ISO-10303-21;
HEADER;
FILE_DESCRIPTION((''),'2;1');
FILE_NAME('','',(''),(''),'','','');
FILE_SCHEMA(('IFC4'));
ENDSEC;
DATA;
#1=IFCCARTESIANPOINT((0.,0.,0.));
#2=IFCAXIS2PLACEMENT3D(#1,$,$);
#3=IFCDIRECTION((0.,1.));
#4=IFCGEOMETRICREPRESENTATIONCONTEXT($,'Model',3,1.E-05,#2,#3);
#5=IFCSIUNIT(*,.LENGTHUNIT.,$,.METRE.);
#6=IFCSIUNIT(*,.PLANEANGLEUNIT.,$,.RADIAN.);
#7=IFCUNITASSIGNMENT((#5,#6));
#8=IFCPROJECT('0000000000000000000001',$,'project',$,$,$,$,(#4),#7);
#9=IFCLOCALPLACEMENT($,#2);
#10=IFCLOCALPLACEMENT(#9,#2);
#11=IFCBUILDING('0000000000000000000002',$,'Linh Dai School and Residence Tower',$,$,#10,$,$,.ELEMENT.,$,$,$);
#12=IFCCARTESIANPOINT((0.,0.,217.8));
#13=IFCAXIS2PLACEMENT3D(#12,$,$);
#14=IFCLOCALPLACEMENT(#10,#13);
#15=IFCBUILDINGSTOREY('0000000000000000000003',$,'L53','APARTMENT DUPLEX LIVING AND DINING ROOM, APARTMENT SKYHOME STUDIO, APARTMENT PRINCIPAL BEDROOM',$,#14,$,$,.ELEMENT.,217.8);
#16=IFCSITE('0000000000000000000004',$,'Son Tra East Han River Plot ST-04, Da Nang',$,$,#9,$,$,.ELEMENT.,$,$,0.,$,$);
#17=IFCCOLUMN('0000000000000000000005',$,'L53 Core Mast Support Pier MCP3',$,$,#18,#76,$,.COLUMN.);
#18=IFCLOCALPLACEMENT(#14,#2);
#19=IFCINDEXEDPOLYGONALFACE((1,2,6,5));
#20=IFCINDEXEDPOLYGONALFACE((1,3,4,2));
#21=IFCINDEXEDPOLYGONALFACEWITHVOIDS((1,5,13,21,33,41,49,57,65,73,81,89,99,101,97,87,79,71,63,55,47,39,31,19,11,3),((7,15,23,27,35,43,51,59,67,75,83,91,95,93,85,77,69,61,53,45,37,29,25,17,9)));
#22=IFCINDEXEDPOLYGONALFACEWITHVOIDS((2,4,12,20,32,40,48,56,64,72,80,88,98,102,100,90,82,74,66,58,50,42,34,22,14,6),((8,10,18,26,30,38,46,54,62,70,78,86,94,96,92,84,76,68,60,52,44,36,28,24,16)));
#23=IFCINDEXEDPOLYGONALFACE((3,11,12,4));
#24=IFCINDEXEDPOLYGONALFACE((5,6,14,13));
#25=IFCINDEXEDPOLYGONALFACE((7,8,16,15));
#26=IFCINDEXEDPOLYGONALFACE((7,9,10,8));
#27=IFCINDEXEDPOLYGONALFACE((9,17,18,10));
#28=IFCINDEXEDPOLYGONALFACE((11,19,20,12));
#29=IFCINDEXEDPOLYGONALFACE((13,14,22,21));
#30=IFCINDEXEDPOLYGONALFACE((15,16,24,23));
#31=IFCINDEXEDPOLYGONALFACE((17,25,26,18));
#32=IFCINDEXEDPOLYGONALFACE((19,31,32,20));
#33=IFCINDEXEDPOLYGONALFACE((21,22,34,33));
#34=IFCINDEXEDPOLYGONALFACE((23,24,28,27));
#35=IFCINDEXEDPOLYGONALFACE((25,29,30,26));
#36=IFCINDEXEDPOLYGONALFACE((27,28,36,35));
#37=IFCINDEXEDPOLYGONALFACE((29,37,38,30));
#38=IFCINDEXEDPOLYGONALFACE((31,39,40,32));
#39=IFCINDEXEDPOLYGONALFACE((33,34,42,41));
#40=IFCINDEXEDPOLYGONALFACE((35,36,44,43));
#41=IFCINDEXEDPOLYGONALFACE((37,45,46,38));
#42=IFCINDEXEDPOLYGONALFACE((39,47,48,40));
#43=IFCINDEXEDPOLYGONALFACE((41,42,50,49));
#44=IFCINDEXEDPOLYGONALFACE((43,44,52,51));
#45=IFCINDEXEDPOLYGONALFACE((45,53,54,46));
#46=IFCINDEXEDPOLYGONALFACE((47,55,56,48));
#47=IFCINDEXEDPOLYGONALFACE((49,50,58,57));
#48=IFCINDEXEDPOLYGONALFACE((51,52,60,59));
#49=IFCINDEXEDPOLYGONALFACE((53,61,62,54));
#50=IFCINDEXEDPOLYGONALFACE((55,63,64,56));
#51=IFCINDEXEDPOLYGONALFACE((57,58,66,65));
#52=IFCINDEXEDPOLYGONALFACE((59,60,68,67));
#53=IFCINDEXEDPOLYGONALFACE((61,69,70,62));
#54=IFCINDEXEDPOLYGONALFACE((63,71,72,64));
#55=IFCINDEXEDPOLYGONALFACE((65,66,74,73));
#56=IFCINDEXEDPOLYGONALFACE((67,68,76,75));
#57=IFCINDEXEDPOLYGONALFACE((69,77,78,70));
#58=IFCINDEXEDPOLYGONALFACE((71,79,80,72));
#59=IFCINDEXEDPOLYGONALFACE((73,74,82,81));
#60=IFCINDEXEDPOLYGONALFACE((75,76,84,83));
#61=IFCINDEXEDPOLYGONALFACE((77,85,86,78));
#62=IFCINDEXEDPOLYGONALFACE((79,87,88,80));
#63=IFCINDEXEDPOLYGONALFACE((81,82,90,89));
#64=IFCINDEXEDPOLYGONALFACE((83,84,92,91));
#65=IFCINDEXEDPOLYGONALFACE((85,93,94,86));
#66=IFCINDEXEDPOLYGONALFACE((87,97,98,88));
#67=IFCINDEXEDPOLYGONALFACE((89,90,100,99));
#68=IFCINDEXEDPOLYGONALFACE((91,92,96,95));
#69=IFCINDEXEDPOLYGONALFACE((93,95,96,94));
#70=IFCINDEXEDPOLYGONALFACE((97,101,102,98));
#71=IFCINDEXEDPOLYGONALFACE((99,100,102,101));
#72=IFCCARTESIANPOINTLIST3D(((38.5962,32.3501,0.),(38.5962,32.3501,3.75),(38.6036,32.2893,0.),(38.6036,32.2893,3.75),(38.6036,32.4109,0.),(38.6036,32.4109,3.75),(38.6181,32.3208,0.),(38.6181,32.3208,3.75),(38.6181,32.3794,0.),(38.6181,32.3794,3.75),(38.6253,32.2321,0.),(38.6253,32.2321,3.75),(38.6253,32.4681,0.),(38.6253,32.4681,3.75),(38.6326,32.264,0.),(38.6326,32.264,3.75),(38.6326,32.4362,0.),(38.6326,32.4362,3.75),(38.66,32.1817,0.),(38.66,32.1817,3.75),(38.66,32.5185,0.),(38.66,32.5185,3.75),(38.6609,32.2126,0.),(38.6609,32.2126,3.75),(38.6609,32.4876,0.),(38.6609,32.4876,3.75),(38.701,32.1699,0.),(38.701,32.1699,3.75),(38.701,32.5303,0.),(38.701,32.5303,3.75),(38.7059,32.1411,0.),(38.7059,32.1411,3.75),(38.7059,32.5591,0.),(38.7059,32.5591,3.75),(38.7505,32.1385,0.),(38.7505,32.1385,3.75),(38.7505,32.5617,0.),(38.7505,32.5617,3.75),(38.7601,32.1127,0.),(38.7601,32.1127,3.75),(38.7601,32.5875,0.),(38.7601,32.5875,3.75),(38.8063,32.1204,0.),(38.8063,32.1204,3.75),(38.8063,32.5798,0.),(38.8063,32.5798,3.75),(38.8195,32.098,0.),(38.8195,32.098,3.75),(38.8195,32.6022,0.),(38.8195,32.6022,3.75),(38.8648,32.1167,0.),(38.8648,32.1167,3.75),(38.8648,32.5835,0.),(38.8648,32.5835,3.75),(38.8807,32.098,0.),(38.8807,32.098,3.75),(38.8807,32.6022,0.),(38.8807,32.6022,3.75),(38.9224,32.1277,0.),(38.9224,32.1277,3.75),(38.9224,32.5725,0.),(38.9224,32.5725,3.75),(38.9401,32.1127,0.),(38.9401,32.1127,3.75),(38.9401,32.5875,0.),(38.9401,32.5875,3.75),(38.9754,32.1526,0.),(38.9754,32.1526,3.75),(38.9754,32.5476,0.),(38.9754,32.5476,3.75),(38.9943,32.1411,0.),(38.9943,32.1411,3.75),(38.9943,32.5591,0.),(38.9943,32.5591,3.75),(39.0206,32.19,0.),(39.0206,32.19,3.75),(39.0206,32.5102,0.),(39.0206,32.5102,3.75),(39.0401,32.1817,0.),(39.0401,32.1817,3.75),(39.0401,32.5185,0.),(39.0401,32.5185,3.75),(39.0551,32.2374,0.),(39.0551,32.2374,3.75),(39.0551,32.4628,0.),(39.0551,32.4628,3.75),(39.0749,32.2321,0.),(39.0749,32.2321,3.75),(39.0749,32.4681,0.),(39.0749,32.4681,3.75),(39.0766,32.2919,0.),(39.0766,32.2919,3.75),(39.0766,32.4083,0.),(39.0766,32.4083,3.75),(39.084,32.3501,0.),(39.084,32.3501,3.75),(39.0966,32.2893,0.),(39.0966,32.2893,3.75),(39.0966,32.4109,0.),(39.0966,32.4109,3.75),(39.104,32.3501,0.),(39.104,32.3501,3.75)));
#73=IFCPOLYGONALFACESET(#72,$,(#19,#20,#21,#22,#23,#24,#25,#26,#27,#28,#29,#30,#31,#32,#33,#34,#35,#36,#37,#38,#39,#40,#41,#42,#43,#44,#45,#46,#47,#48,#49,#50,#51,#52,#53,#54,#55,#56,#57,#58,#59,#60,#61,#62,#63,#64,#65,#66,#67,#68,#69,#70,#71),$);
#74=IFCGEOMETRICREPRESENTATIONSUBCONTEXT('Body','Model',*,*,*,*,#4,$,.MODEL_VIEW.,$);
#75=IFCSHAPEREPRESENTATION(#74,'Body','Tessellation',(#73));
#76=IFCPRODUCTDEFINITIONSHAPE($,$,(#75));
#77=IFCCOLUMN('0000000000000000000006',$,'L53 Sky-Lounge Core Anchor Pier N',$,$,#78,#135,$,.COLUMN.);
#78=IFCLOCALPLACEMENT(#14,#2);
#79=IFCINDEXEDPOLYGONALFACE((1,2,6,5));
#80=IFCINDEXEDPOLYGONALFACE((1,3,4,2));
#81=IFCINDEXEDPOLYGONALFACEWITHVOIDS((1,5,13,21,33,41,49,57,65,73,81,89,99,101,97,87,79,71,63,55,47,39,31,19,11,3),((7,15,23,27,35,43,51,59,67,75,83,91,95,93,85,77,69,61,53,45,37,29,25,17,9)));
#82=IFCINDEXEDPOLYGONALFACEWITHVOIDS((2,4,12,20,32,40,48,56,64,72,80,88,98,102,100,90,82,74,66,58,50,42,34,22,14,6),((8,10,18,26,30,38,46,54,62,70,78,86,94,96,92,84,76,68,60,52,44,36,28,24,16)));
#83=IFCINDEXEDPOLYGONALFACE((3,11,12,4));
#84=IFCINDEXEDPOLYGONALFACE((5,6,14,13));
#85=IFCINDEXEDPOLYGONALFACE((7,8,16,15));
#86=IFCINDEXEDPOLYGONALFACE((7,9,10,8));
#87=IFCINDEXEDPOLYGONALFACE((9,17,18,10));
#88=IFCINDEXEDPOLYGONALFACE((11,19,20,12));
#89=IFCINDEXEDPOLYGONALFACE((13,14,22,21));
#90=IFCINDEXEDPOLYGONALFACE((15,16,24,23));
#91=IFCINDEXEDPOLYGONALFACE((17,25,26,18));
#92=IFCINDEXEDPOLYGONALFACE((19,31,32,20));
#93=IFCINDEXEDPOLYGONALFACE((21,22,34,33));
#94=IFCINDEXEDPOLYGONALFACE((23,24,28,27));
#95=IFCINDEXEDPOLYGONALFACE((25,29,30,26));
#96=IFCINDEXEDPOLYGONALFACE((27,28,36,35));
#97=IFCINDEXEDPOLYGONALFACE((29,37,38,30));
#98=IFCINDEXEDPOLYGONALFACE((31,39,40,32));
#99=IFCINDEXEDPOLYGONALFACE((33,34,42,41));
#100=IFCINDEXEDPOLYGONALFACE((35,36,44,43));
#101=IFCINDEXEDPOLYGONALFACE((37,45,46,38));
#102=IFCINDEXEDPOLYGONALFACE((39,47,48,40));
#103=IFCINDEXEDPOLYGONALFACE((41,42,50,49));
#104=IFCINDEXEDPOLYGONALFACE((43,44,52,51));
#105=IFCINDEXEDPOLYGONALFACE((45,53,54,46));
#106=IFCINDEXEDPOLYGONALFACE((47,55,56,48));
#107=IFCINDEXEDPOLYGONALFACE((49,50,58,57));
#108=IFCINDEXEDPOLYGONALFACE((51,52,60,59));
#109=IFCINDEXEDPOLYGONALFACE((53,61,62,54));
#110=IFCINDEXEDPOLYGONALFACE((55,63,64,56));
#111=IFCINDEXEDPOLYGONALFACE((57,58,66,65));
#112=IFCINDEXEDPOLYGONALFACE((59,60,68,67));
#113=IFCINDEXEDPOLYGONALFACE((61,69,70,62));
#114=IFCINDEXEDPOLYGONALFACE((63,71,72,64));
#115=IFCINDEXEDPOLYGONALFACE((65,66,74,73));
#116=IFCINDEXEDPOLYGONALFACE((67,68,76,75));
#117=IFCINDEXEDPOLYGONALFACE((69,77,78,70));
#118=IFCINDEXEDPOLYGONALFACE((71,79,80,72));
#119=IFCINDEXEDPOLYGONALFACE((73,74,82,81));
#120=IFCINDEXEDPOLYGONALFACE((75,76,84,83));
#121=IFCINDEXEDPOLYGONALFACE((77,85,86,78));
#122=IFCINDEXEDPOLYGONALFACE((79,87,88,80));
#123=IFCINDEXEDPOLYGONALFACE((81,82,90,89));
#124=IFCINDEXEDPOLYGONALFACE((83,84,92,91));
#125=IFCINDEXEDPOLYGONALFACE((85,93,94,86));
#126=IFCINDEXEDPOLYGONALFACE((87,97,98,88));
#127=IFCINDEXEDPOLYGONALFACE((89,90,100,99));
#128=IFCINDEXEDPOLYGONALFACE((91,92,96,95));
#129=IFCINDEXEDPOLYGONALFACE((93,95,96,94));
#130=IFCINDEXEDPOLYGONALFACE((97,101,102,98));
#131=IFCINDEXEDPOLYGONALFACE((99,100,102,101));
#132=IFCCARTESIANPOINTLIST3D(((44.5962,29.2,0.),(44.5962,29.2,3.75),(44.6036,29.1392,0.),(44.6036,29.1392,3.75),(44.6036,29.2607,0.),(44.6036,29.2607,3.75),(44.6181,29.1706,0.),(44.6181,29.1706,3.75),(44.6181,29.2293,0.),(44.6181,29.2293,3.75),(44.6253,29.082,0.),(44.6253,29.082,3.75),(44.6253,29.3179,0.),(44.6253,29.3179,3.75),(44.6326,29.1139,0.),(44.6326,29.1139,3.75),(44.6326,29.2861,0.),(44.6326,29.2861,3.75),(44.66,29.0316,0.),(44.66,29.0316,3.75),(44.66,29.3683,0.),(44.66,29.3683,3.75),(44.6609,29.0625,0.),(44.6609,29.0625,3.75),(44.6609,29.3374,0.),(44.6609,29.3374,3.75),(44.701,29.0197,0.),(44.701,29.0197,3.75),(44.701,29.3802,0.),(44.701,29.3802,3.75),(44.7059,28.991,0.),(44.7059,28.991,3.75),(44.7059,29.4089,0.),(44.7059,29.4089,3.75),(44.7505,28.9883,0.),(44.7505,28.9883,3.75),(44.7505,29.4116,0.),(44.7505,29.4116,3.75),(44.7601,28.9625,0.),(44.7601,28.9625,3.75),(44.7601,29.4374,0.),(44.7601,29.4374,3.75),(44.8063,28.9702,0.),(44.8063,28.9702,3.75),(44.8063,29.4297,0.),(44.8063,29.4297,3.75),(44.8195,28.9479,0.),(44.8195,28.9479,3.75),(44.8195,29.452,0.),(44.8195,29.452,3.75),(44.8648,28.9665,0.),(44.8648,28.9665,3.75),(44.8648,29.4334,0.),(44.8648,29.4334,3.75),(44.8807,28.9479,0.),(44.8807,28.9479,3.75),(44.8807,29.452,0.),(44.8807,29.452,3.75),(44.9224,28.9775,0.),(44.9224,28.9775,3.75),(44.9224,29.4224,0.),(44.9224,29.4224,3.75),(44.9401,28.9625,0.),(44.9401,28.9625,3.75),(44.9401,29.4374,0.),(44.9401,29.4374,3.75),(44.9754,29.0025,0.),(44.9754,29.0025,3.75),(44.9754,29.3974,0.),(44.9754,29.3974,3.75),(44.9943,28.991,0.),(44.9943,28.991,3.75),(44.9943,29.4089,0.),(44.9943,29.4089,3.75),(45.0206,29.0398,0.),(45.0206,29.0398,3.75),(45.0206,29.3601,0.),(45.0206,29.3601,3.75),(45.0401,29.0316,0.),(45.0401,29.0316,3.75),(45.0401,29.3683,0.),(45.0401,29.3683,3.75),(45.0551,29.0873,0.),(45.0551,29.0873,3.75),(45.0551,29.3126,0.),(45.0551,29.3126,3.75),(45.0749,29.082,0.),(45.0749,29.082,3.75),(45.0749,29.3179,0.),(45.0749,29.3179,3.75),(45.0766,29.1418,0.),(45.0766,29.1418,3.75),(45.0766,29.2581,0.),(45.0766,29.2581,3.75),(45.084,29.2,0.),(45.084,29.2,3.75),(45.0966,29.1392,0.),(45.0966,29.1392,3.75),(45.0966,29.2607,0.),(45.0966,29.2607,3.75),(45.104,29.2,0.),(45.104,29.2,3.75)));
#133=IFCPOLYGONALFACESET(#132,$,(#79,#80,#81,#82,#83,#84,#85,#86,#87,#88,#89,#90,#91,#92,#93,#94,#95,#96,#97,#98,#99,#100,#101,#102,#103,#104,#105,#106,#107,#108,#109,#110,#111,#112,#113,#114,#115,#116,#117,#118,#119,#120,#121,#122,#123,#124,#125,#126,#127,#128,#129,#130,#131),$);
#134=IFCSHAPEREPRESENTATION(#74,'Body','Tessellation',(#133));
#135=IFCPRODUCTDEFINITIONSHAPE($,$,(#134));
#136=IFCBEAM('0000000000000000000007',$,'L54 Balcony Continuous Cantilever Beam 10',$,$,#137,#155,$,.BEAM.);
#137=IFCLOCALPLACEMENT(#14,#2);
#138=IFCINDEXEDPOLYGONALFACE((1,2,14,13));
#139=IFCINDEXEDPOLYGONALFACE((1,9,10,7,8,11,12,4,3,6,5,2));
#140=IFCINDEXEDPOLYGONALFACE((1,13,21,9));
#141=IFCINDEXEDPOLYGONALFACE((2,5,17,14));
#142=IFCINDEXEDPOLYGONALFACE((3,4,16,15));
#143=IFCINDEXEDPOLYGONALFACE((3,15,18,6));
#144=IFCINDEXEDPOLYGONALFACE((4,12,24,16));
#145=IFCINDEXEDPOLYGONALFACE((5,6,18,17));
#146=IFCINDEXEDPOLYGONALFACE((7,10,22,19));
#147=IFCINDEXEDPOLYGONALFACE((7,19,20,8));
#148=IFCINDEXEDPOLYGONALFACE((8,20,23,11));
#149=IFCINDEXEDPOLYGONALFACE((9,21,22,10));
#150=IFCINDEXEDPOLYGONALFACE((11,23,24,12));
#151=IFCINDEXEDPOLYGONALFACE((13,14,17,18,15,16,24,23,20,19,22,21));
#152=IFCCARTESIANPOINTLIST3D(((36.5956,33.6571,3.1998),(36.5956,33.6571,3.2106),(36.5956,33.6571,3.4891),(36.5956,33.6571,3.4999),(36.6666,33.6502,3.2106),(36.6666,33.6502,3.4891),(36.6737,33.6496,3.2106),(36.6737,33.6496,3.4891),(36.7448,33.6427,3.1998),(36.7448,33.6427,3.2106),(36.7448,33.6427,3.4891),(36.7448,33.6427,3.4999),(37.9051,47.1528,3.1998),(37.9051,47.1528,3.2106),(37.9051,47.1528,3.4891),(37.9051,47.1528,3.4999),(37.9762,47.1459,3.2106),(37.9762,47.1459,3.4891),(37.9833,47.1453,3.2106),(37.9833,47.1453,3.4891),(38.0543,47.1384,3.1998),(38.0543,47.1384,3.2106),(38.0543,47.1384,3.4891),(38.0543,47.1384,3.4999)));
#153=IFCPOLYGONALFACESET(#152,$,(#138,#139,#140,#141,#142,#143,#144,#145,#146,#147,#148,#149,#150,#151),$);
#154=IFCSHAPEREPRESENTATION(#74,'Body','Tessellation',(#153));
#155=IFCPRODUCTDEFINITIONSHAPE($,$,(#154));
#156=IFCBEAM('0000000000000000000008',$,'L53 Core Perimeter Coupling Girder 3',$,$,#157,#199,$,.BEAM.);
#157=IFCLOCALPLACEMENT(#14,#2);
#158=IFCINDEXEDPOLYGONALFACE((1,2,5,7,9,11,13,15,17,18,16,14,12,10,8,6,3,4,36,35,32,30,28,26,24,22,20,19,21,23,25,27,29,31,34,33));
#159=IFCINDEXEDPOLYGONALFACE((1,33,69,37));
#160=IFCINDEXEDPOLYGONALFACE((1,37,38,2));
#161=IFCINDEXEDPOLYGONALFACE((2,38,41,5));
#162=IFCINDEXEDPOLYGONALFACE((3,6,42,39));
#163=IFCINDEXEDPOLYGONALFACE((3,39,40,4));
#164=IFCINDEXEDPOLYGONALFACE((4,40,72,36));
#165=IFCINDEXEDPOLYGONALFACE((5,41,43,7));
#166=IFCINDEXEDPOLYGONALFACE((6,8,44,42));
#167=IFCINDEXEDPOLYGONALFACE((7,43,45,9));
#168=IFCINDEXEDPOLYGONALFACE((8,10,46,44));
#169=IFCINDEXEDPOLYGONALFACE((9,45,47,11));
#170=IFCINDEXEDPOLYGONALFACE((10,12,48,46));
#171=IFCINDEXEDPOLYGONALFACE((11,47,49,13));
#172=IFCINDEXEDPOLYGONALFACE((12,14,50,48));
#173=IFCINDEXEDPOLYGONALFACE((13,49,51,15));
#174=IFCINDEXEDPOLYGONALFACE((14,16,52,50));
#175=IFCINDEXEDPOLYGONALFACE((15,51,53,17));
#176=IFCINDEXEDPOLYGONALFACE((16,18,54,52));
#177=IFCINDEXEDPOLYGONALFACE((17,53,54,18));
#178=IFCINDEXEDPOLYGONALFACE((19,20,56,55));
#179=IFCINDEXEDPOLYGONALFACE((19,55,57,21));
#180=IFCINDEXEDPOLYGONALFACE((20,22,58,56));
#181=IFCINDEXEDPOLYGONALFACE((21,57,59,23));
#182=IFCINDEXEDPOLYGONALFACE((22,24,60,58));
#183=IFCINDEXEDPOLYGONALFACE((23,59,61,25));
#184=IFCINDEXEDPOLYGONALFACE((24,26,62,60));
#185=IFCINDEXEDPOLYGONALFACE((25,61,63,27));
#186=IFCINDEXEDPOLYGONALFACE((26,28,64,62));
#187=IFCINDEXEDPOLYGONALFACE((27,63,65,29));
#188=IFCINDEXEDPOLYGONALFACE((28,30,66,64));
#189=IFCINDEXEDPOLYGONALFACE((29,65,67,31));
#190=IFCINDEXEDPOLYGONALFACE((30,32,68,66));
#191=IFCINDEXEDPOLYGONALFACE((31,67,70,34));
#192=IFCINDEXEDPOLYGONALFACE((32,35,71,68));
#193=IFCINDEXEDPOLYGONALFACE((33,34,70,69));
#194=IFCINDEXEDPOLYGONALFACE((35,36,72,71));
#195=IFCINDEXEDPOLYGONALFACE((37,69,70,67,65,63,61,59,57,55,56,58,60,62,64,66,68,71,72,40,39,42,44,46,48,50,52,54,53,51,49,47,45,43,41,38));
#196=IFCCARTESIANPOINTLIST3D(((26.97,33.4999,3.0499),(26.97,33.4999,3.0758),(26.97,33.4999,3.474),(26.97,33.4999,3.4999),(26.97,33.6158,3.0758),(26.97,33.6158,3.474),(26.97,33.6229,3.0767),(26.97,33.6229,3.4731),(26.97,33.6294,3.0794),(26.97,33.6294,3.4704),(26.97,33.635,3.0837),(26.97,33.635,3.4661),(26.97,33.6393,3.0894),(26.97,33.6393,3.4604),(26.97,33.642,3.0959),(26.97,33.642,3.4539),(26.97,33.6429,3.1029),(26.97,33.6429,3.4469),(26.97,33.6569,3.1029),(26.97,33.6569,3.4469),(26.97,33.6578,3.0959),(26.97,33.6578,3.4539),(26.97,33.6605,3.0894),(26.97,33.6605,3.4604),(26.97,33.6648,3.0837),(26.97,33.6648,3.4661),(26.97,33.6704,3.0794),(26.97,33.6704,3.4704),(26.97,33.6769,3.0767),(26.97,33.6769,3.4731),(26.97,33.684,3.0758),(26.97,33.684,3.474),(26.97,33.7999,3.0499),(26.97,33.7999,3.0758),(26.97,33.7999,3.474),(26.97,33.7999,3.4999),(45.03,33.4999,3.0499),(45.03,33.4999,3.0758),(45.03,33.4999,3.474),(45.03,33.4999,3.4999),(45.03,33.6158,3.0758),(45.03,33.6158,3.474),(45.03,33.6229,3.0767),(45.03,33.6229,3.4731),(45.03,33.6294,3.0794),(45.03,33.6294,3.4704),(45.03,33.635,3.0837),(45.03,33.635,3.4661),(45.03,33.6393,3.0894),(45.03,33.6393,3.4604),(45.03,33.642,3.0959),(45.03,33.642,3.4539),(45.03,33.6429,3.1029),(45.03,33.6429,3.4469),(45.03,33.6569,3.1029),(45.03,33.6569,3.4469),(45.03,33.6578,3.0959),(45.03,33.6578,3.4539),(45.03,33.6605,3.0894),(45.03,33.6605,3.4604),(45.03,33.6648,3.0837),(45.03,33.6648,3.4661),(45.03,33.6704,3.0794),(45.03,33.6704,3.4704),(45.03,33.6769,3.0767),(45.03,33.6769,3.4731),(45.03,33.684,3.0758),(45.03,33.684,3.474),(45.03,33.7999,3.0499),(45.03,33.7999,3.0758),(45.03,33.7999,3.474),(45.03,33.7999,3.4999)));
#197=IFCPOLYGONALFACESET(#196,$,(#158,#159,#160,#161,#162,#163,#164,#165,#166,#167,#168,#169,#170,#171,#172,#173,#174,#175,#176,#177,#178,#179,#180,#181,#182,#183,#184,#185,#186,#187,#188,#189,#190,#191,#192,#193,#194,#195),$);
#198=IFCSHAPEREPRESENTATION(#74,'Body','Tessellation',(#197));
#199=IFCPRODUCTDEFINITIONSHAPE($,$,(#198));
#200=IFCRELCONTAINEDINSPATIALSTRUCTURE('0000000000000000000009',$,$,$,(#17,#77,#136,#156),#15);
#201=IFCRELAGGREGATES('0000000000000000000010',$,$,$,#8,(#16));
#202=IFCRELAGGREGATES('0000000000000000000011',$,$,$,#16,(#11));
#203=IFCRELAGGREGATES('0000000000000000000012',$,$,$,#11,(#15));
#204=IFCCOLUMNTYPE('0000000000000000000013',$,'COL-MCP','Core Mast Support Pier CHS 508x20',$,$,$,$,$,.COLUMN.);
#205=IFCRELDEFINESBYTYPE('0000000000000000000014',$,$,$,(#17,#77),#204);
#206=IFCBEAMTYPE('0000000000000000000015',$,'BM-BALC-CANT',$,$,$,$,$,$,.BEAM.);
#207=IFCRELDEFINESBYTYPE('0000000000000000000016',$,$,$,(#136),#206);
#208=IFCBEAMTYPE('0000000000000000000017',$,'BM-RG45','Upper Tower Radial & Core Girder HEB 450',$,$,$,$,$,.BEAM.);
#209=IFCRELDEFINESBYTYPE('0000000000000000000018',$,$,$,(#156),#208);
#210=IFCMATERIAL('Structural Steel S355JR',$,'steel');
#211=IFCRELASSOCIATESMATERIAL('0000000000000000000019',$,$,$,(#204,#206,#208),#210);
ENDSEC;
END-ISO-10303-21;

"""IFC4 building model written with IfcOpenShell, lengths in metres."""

from ifc_helpers import new_model, si_unit, direction, frame, origin, origin_2d, place, context, subcontext, project, spatial, hollow_circle, i_section, extrude, material, material_profile, profile_set, type_object, element, save


model = new_model("IFC4")

# Units and contexts
model_context = context("Model", 3, precision=1e-05, world=origin(), true_north=direction((0.0, 1.0)))
body_context = subcontext(model_context, "Body", "Model", "MODEL_VIEW")
ifc_project = project(units=[si_unit("LENGTHUNIT", "METRE"), si_unit("PLANEANGLEUNIT", "RADIAN")], contexts=[model_context])

# Site, building, storey
site_placement = place(None, origin())
site = spatial("IfcSite", under=ifc_project, at=site_placement, Name="Son Tra East Han River Plot ST-04, Da Nang", CompositionType="ELEMENT", RefElevation=0.0)
building_placement = place(site_placement, origin())
building = spatial("IfcBuilding", under=site, at=building_placement, Name="Linh Dai School and Residence Tower", CompositionType="ELEMENT")
storey_placement = place(building_placement, frame((0.0, 0.0, 217.8)))
storey = spatial("IfcBuildingStorey", under=building, at=storey_placement, Name="L53", Description="APARTMENT DUPLEX LIVING AND DINING ROOM, APARTMENT SKYHOME STUDIO, APARTMENT PRINCIPAL BEDROOM", CompositionType="ELEMENT", Elevation=217.8)

# Columns
ifc_material_1 = material(Name="Structural Steel S355JR", Category="steel")
ifc_material_profile_1 = material_profile(ifc_material_1, hollow_circle(Radius=0.2539, WallThickness=0.02, at=origin_2d()), Name="CHS 508x20")
ifc_profile_set_1 = profile_set([ifc_material_profile_1], Name="Structural Steel S355JR")
column_type_1 = type_object("IfcColumnType", Name="COL-MCP", Description="Core Mast Support Pier CHS 508x20", PredefinedType="COLUMN", material=ifc_profile_set_1)
for number, where, z_axis, x_axis, name in (
    (1, (38.8501, 32.3501, 0.0), (0.0, 0.0, 1.0), (1.0, 0.0, 0.0), "L53 Core Mast Support Pier MCP3"),
    (2, (44.8501, 29.2, 0.0), (0.0, 0.0, 1.0), (1.0, 0.0, 0.0), "L53 Sky-Lounge Core Anchor Pier N"),
):
    element("IfcColumn", number, at=place(storey_placement, frame(where, z_axis=z_axis, x_axis=x_axis)), inside=storey, type_object=column_type_1, Name=name, PredefinedType="COLUMN", context=body_context, shape_type="SweptSolid", body=[
        extrude(hollow_circle(Radius=0.2539, WallThickness=0.02, at=origin_2d()), origin(), (0.0, 0.0, 1.0), 3.75),
    ])

# Beams
ifc_material_profile_2 = material_profile(ifc_material_1, i_section(OverallWidth=0.1499, OverallDepth=0.3, WebThickness=0.0071, FlangeThickness=0.0107, at=origin_2d()), Name="IPE 300")
ifc_profile_set_2 = profile_set([ifc_material_profile_2], Name="Structural Steel S355JR")
beam_type_1 = type_object("IfcBeamType", Name="BM-BALC-CANT", PredefinedType="BEAM", material=ifc_profile_set_2)
beam_1_placement = place(storey_placement, frame((36.6702, 33.6499, 3.3499), z_axis=(0.096583, 0.995325, 0.0), x_axis=(-0.995325, 0.096583, 0.0)))
element("IfcBeam", 3, at=beam_1_placement, inside=storey, type_object=beam_type_1, Name="L54 Balcony Continuous Cantilever Beam 10", PredefinedType="BEAM", context=body_context, shape_type="SweptSolid", body=[
    extrude(i_section(OverallWidth=0.1499, OverallDepth=0.3, WebThickness=0.0071, FlangeThickness=0.0107, at=origin_2d()), origin(), (0.0, 0.0, 1.0), 13.5591),
])
ifc_material_profile_3 = material_profile(ifc_material_1, i_section(OverallWidth=0.3, OverallDepth=0.45, WebThickness=0.0139, FlangeThickness=0.0259, FilletRadius=0.0271, at=origin_2d()), Name="HEB 450")
ifc_profile_set_3 = profile_set([ifc_material_profile_3], Name="Structural Steel S355JR")
beam_type_2 = type_object("IfcBeamType", Name="BM-RG45", Description="Upper Tower Radial & Core Girder HEB 450", PredefinedType="BEAM", material=ifc_profile_set_3)
beam_2_placement = place(storey_placement, frame((45.03, 33.6499, 3.2749), z_axis=(-1.0, 0.0, 0.0), x_axis=(0.0, -1.0, 0.0)))
element("IfcBeam", 4, at=beam_2_placement, inside=storey, type_object=beam_type_2, Name="L53 Core Perimeter Coupling Girder 3", PredefinedType="BEAM", context=body_context, shape_type="SweptSolid", body=[
    extrude(i_section(OverallWidth=0.3, OverallDepth=0.45, WebThickness=0.0139, FlangeThickness=0.0259, FilletRadius=0.0271, at=origin_2d()), origin(), (0.0, 0.0, 1.0), 18.0601),
])

save(model, "model.ifc")
